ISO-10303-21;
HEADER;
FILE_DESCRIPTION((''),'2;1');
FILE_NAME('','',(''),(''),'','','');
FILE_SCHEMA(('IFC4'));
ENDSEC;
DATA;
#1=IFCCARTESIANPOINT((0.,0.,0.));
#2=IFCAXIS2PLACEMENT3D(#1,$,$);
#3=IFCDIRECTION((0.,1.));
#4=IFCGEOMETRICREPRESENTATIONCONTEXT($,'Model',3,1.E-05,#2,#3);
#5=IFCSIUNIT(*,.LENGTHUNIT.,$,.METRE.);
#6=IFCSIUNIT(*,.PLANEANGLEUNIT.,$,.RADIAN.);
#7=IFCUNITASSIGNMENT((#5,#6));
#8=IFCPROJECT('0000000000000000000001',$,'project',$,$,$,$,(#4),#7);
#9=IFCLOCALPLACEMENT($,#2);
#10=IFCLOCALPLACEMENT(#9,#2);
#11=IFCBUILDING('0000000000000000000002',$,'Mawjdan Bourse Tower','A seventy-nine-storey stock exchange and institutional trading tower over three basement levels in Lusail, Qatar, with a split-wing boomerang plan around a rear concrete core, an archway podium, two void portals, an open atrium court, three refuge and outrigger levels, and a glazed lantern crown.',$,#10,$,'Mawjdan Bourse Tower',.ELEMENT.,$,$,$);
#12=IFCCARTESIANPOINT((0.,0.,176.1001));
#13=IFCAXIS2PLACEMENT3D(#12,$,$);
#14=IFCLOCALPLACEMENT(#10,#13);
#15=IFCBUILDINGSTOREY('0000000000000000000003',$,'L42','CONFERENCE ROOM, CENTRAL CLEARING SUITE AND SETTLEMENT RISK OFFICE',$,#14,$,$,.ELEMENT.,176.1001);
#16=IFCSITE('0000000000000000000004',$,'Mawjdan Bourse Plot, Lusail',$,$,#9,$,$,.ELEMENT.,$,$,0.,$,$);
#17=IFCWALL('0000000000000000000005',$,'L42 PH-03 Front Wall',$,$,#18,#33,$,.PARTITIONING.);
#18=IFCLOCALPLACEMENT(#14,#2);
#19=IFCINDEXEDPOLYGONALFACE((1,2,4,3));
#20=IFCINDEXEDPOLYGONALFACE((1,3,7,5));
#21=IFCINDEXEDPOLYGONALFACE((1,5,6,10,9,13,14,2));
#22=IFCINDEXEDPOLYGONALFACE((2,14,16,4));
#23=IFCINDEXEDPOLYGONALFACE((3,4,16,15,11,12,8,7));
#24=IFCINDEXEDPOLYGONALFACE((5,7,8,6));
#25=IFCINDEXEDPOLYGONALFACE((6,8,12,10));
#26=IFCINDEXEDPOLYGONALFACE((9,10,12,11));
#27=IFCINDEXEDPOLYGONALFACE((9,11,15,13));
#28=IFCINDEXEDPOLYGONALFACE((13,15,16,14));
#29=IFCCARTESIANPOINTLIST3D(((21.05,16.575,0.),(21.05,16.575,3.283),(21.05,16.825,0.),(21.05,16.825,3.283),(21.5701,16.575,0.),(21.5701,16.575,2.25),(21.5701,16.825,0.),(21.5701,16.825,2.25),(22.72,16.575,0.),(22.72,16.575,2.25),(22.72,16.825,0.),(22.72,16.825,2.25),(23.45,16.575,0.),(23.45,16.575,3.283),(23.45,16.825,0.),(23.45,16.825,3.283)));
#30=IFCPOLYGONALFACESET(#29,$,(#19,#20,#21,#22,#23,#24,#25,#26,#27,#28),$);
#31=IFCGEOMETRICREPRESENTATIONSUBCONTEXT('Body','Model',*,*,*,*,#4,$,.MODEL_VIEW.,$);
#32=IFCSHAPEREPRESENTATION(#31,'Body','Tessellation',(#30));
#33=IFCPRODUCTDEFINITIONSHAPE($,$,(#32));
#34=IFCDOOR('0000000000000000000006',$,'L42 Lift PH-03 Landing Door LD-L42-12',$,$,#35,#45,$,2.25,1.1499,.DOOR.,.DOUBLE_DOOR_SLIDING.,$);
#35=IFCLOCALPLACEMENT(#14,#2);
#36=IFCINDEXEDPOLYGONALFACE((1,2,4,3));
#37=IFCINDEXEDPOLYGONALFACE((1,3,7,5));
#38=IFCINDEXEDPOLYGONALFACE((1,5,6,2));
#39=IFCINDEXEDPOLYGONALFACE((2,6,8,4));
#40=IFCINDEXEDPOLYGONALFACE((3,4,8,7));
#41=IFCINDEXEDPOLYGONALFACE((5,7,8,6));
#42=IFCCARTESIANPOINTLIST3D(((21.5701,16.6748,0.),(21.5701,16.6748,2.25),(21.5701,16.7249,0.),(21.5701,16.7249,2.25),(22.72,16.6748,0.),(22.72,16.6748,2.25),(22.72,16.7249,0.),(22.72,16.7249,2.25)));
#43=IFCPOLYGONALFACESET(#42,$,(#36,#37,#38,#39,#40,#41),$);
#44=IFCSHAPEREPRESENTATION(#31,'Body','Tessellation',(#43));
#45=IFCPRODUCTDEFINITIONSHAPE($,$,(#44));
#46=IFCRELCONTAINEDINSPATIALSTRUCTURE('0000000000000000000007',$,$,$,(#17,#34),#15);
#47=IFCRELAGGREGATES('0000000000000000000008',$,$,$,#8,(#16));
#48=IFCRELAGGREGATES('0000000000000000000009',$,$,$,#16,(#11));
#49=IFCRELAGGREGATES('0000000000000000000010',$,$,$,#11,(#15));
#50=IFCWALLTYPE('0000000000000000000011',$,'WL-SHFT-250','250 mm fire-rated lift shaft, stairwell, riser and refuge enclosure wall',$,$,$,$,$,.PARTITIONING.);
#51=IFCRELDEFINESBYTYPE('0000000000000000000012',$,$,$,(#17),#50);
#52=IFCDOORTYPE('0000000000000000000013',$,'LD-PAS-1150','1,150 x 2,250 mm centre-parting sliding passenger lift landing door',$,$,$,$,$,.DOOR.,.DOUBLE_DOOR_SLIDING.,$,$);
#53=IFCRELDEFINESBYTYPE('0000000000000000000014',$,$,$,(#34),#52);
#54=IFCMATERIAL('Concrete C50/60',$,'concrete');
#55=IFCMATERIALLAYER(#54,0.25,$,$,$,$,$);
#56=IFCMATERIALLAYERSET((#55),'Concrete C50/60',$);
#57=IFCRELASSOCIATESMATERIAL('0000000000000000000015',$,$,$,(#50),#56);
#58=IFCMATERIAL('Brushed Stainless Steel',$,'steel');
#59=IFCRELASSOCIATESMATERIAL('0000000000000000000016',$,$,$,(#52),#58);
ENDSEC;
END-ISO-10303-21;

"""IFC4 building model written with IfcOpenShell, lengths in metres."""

from ifc_helpers import new_model, si_unit, direction, frame, frame_2d, origin, place, context, subcontext, project, spatial, rectangle, extrude, material, layer, layer_set, type_object, element, fill, save


model = new_model("IFC4")

# Units and contexts
model_context = context("Model", 3, precision=1e-05, world=origin(), true_north=direction((0.0, 1.0)))
body_context = subcontext(model_context, "Body", "Model", "MODEL_VIEW")
ifc_project = project(units=[si_unit("LENGTHUNIT", "METRE"), si_unit("PLANEANGLEUNIT", "RADIAN")], contexts=[model_context])

# Site, building, storey
site_placement = place(None, origin())
site = spatial("IfcSite", under=ifc_project, at=site_placement, Name="Mawjdan Bourse Plot, Lusail", CompositionType="ELEMENT", RefElevation=0.0)
building_placement = place(site_placement, origin())
building = spatial("IfcBuilding", under=site, at=building_placement, Name="Mawjdan Bourse Tower", Description="A seventy-nine-storey stock exchange and institutional trading tower over three basement levels in Lusail, Qatar, with a split-wing boomerang plan around a rear concrete core, an archway podium, two void portals, an open atrium court, three refuge and outrigger levels, and a glazed lantern crown.", LongName="Mawjdan Bourse Tower", CompositionType="ELEMENT")
storey_placement = place(building_placement, frame((0.0, 0.0, 176.1001)))
storey = spatial("IfcBuildingStorey", under=building, at=storey_placement, Name="L42", Description="CONFERENCE ROOM, CENTRAL CLEARING SUITE AND SETTLEMENT RISK OFFICE", CompositionType="ELEMENT", Elevation=176.1001)

# Shared definitions
ifc_material_1 = material(Name="Concrete C50/60", Category="concrete")
ifc_layer_1 = layer(ifc_material_1, 0.25)
ifc_layer_set_1 = layer_set([ifc_layer_1], Name="Concrete C50/60")
wall_type_1 = type_object("IfcWallType", Name="WL-SHFT-250", Description="250 mm fire-rated lift shaft, stairwell, riser and refuge enclosure wall", PredefinedType="PARTITIONING", material=ifc_layer_set_1)

# Shared definitions
ifc_material_2 = material(Name="Brushed Stainless Steel", Category="steel")
door_type_1 = type_object("IfcDoorType", Name="LD-PAS-1150", Description="1,150 x 2,250 mm centre-parting sliding passenger lift landing door", OperationType="DOUBLE_DOOR_SLIDING", PredefinedType="DOOR", material=ifc_material_2)

# Wall, opening, door
wall_1_placement = place(storey_placement, frame((21.05, 16.7, 0.0), z_axis=(0.0, 0.0, 1.0), x_axis=(1.0, 0.0, 0.0)))
wall_1 = element("IfcWall", 1, at=wall_1_placement, inside=storey, type_object=wall_type_1, Name="L42 PH-03 Front Wall", PredefinedType="PARTITIONING", context=body_context, shape_type="SweptSolid", body=[
    extrude(rectangle(XDim=2.3999, YDim=0.25, at=frame_2d((1.2, 0.0))), origin(), (0.0, 0.0, 1.0), 3.283),
])
opening_1_placement = place(wall_1_placement, frame((0.52, 0.0, 0.0)))
opening_1 = element("IfcOpeningElement", 2, at=opening_1_placement, cuts=wall_1, PredefinedType="OPENING", context=body_context, shape_type="SweptSolid", body=[
    extrude(rectangle(XDim=1.1499, YDim=2.25, at=frame_2d((0.575, 1.125))), frame((0.0, 0.135, 0.0), z_axis=(0.0, -1.0, 0.0), x_axis=(1.0, 0.0, 0.0)), (0.0, 0.0, 1.0), 0.27),
])
door_1_placement = place(opening_1_placement, origin())
door_1 = element("IfcDoor", 3, at=door_1_placement, inside=storey, type_object=door_type_1, Name="L42 Lift PH-03 Landing Door LD-L42-12", OperationType="DOUBLE_DOOR_SLIDING", OverallHeight=2.25, OverallWidth=1.1499, PredefinedType="DOOR", context=body_context, shape_type="SweptSolid", body=[
    extrude(rectangle(XDim=1.1499, YDim=2.25, at=frame_2d((0.575, 1.125))), frame((0.0, 0.0249, 0.0), z_axis=(0.0, -1.0, 0.0), x_axis=(1.0, 0.0, 0.0)), (0.0, 0.0, 1.0), 0.05),
])
fill(opening_1, door_1)

save(model, "model.ifc")
